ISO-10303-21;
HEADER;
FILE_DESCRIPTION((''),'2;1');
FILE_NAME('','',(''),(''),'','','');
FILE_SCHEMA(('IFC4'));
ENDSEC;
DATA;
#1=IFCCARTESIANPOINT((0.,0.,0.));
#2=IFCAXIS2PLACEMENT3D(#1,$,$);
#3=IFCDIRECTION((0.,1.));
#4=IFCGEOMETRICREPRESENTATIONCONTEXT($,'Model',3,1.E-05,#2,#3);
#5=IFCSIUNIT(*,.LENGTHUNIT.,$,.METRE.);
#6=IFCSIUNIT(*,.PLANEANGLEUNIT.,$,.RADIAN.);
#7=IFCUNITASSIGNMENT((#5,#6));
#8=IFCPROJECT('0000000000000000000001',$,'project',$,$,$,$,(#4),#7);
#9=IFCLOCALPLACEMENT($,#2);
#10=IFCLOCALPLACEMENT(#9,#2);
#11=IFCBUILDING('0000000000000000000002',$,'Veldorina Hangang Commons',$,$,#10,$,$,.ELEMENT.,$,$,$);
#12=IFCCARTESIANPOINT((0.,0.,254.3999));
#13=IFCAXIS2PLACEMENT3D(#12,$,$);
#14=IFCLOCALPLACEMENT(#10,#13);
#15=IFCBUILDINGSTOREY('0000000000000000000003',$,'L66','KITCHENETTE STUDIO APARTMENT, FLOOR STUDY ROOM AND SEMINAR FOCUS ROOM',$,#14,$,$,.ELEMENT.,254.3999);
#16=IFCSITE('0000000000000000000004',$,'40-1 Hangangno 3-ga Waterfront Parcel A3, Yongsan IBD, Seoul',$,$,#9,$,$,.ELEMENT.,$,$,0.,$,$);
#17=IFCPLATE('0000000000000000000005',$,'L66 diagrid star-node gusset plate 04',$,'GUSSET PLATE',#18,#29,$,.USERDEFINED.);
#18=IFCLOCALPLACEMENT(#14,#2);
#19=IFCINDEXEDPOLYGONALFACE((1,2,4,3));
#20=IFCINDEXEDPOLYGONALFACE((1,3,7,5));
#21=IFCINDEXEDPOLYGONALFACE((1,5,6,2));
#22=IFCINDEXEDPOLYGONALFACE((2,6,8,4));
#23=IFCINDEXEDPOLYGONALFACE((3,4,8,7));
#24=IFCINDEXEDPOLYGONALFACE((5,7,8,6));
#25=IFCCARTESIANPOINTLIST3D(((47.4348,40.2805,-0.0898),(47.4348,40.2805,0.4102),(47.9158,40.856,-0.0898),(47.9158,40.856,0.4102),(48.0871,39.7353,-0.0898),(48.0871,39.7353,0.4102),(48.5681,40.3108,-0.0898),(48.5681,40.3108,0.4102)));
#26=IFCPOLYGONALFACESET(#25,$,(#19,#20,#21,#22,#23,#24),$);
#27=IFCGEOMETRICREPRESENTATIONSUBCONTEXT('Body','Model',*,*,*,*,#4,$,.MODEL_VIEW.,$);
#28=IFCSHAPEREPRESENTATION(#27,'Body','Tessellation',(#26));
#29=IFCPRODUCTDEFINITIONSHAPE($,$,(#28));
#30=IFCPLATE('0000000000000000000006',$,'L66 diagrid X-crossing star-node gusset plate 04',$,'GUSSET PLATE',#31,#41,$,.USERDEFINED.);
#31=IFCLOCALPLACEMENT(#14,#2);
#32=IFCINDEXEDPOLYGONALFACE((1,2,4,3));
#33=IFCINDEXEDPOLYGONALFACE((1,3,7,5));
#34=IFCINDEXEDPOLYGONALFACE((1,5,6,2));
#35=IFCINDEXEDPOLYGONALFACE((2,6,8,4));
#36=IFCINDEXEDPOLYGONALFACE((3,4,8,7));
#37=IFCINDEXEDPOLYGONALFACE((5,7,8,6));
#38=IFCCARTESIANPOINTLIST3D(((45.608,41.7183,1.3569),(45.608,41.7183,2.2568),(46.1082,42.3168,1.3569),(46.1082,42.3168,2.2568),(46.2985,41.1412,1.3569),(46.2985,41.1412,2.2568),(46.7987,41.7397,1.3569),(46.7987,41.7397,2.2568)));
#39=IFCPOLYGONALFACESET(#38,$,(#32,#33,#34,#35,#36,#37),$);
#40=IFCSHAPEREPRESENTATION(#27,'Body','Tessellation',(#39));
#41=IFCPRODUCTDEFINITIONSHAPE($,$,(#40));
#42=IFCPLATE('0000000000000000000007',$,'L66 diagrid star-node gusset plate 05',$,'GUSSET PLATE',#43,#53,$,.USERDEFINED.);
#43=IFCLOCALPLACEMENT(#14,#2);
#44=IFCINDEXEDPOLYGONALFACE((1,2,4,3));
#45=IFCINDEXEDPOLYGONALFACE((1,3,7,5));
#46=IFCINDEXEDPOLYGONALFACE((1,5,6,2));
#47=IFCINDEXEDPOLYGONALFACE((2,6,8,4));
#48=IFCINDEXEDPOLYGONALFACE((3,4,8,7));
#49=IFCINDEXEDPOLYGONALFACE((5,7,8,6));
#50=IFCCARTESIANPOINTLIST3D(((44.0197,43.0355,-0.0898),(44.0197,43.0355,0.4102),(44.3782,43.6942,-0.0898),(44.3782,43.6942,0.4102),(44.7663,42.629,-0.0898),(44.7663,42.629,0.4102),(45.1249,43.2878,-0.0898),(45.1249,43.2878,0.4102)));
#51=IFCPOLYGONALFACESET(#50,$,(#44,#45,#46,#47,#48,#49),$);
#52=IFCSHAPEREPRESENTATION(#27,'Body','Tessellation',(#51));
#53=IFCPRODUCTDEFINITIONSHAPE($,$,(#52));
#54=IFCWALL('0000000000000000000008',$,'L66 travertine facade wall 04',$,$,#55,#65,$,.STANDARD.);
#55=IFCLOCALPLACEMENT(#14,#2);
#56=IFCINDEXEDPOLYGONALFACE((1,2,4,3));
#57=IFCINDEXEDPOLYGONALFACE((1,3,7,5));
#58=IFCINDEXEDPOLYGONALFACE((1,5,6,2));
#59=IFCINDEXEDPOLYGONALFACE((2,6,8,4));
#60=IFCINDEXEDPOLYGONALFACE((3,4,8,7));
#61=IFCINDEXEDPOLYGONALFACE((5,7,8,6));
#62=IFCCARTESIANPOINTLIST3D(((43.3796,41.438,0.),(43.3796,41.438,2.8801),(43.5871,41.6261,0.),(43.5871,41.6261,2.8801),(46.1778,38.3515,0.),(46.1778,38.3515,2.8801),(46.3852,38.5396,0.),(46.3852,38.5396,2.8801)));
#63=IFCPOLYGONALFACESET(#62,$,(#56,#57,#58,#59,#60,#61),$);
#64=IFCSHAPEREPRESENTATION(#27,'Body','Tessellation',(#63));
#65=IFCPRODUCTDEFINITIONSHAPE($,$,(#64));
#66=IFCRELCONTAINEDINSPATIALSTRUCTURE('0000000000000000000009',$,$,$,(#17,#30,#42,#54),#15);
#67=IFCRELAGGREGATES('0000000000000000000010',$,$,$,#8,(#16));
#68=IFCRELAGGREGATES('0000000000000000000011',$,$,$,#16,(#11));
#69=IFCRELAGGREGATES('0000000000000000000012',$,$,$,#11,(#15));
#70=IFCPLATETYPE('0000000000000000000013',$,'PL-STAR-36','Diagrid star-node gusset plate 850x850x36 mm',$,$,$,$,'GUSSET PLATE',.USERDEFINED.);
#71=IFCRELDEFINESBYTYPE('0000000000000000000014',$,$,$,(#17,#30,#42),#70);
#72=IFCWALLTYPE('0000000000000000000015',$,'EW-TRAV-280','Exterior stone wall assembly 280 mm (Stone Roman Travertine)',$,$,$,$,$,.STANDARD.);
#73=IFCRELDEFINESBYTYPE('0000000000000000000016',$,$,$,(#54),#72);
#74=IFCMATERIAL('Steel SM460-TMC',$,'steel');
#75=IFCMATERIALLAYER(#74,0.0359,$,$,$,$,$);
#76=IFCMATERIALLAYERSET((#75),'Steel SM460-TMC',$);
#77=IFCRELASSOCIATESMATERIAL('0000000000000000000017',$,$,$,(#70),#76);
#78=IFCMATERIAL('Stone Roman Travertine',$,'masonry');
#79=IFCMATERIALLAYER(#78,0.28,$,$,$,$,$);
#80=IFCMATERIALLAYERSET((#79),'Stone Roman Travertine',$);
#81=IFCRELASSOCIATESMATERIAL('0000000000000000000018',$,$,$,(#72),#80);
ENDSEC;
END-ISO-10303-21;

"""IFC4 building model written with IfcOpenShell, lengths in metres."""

from ifc_helpers import new_model, si_unit, direction, frame, frame_2d, origin, origin_2d, place, context, subcontext, project, spatial, rectangle, extrude, material, layer, layer_set, type_object, element, save


model = new_model("IFC4")

# Units and contexts
model_context = context("Model", 3, precision=1e-05, world=origin(), true_north=direction((0.0, 1.0)))
body_context = subcontext(model_context, "Body", "Model", "MODEL_VIEW")
ifc_project = project(units=[si_unit("LENGTHUNIT", "METRE"), si_unit("PLANEANGLEUNIT", "RADIAN")], contexts=[model_context])

# Site, building, storey
site_placement = place(None, origin())
site = spatial("IfcSite", under=ifc_project, at=site_placement, Name="40-1 Hangangno 3-ga Waterfront Parcel A3, Yongsan IBD, Seoul", CompositionType="ELEMENT", RefElevation=0.0)
building_placement = place(site_placement, origin())
building = spatial("IfcBuilding", under=site, at=building_placement, Name="Veldorina Hangang Commons", CompositionType="ELEMENT")
storey_placement = place(building_placement, frame((0.0, 0.0, 254.3999)))
storey = spatial("IfcBuildingStorey", under=building, at=storey_placement, Name="L66", Description="KITCHENETTE STUDIO APARTMENT, FLOOR STUDY ROOM AND SEMINAR FOCUS ROOM", CompositionType="ELEMENT", Elevation=254.3999)

# Plates
ifc_material_1 = material(Name="Steel SM460-TMC", Category="steel")
ifc_layer_1 = layer(ifc_material_1, 0.0359)
ifc_layer_set_1 = layer_set([ifc_layer_1], Name="Steel SM460-TMC")
plate_type_1 = type_object("IfcPlateType", Name="PL-STAR-36", Description="Diagrid star-node gusset plate 850x850x36 mm", ElementType="GUSSET PLATE", PredefinedType="USERDEFINED", material=ifc_layer_set_1)
for number, where, z_axis, x_axis, name in (
    (1, (48.0015, 40.2957, -0.0898), (0.0, 0.0, 1.0), (-0.767299, 0.641289, 0.0), "L66 diagrid star-node gusset plate 04"),
):
    element("IfcPlate", number, at=place(storey_placement, frame(where, z_axis=z_axis, x_axis=x_axis)), inside=storey, type_object=plate_type_1, Name=name, ObjectType="GUSSET PLATE", PredefinedType="USERDEFINED", context=body_context, shape_type="SweptSolid", body=[
        extrude(rectangle(XDim=0.8501, YDim=0.75, at=origin_2d()), origin(), (0.0, 0.0, 1.0), 0.5),
    ])
plate_1_placement = place(storey_placement, frame((46.2034, 41.729, 1.3569), z_axis=(0.0, 0.0, 1.0), x_axis=(-0.767299, 0.641289, 0.0)))
element("IfcPlate", 2, at=plate_1_placement, inside=storey, type_object=plate_type_1, Name="L66 diagrid X-crossing star-node gusset plate 04", ObjectType="GUSSET PLATE", PredefinedType="USERDEFINED", context=body_context, shape_type="SweptSolid", body=[
    extrude(rectangle(XDim=0.8999, YDim=0.78, at=origin_2d()), origin(), (0.0, 0.0, 1.0), 0.8999),
])
plate_2_placement = place(storey_placement, frame((44.5723, 43.1616, -0.0898), z_axis=(0.0, 0.0, 1.0), x_axis=(-0.8783, 0.478109, 0.0)))
element("IfcPlate", 3, at=plate_2_placement, inside=storey, type_object=plate_type_1, Name="L66 diagrid star-node gusset plate 05", ObjectType="GUSSET PLATE", PredefinedType="USERDEFINED", context=body_context, shape_type="SweptSolid", body=[
    extrude(rectangle(XDim=0.8501, YDim=0.75, at=origin_2d()), origin(), (0.0, 0.0, 1.0), 0.5),
])

# Wall
ifc_material_2 = material(Name="Stone Roman Travertine", Category="masonry")
ifc_layer_2 = layer(ifc_material_2, 0.28)
ifc_layer_set_2 = layer_set([ifc_layer_2], Name="Stone Roman Travertine")
wall_type = type_object("IfcWallType", Name="EW-TRAV-280", Description="Exterior stone wall assembly 280 mm (Stone Roman Travertine)", PredefinedType="STANDARD", material=ifc_layer_set_2)
wall_placement = place(storey_placement, frame((46.2815, 38.4456, 0.0), z_axis=(0.0, 0.0, 1.0), x_axis=(-0.671654, 0.740865, 0.0)))
element("IfcWall", 4, at=wall_placement, inside=storey, type_object=wall_type, Name="L66 travertine facade wall 04", PredefinedType="STANDARD", context=body_context, shape_type="SweptSolid", body=[
    extrude(rectangle(XDim=4.166, YDim=0.28, at=frame_2d((2.083, 0.0))), origin(), (0.0, 0.0, 1.0), 2.8801),
])

save(model, "model.ifc")
